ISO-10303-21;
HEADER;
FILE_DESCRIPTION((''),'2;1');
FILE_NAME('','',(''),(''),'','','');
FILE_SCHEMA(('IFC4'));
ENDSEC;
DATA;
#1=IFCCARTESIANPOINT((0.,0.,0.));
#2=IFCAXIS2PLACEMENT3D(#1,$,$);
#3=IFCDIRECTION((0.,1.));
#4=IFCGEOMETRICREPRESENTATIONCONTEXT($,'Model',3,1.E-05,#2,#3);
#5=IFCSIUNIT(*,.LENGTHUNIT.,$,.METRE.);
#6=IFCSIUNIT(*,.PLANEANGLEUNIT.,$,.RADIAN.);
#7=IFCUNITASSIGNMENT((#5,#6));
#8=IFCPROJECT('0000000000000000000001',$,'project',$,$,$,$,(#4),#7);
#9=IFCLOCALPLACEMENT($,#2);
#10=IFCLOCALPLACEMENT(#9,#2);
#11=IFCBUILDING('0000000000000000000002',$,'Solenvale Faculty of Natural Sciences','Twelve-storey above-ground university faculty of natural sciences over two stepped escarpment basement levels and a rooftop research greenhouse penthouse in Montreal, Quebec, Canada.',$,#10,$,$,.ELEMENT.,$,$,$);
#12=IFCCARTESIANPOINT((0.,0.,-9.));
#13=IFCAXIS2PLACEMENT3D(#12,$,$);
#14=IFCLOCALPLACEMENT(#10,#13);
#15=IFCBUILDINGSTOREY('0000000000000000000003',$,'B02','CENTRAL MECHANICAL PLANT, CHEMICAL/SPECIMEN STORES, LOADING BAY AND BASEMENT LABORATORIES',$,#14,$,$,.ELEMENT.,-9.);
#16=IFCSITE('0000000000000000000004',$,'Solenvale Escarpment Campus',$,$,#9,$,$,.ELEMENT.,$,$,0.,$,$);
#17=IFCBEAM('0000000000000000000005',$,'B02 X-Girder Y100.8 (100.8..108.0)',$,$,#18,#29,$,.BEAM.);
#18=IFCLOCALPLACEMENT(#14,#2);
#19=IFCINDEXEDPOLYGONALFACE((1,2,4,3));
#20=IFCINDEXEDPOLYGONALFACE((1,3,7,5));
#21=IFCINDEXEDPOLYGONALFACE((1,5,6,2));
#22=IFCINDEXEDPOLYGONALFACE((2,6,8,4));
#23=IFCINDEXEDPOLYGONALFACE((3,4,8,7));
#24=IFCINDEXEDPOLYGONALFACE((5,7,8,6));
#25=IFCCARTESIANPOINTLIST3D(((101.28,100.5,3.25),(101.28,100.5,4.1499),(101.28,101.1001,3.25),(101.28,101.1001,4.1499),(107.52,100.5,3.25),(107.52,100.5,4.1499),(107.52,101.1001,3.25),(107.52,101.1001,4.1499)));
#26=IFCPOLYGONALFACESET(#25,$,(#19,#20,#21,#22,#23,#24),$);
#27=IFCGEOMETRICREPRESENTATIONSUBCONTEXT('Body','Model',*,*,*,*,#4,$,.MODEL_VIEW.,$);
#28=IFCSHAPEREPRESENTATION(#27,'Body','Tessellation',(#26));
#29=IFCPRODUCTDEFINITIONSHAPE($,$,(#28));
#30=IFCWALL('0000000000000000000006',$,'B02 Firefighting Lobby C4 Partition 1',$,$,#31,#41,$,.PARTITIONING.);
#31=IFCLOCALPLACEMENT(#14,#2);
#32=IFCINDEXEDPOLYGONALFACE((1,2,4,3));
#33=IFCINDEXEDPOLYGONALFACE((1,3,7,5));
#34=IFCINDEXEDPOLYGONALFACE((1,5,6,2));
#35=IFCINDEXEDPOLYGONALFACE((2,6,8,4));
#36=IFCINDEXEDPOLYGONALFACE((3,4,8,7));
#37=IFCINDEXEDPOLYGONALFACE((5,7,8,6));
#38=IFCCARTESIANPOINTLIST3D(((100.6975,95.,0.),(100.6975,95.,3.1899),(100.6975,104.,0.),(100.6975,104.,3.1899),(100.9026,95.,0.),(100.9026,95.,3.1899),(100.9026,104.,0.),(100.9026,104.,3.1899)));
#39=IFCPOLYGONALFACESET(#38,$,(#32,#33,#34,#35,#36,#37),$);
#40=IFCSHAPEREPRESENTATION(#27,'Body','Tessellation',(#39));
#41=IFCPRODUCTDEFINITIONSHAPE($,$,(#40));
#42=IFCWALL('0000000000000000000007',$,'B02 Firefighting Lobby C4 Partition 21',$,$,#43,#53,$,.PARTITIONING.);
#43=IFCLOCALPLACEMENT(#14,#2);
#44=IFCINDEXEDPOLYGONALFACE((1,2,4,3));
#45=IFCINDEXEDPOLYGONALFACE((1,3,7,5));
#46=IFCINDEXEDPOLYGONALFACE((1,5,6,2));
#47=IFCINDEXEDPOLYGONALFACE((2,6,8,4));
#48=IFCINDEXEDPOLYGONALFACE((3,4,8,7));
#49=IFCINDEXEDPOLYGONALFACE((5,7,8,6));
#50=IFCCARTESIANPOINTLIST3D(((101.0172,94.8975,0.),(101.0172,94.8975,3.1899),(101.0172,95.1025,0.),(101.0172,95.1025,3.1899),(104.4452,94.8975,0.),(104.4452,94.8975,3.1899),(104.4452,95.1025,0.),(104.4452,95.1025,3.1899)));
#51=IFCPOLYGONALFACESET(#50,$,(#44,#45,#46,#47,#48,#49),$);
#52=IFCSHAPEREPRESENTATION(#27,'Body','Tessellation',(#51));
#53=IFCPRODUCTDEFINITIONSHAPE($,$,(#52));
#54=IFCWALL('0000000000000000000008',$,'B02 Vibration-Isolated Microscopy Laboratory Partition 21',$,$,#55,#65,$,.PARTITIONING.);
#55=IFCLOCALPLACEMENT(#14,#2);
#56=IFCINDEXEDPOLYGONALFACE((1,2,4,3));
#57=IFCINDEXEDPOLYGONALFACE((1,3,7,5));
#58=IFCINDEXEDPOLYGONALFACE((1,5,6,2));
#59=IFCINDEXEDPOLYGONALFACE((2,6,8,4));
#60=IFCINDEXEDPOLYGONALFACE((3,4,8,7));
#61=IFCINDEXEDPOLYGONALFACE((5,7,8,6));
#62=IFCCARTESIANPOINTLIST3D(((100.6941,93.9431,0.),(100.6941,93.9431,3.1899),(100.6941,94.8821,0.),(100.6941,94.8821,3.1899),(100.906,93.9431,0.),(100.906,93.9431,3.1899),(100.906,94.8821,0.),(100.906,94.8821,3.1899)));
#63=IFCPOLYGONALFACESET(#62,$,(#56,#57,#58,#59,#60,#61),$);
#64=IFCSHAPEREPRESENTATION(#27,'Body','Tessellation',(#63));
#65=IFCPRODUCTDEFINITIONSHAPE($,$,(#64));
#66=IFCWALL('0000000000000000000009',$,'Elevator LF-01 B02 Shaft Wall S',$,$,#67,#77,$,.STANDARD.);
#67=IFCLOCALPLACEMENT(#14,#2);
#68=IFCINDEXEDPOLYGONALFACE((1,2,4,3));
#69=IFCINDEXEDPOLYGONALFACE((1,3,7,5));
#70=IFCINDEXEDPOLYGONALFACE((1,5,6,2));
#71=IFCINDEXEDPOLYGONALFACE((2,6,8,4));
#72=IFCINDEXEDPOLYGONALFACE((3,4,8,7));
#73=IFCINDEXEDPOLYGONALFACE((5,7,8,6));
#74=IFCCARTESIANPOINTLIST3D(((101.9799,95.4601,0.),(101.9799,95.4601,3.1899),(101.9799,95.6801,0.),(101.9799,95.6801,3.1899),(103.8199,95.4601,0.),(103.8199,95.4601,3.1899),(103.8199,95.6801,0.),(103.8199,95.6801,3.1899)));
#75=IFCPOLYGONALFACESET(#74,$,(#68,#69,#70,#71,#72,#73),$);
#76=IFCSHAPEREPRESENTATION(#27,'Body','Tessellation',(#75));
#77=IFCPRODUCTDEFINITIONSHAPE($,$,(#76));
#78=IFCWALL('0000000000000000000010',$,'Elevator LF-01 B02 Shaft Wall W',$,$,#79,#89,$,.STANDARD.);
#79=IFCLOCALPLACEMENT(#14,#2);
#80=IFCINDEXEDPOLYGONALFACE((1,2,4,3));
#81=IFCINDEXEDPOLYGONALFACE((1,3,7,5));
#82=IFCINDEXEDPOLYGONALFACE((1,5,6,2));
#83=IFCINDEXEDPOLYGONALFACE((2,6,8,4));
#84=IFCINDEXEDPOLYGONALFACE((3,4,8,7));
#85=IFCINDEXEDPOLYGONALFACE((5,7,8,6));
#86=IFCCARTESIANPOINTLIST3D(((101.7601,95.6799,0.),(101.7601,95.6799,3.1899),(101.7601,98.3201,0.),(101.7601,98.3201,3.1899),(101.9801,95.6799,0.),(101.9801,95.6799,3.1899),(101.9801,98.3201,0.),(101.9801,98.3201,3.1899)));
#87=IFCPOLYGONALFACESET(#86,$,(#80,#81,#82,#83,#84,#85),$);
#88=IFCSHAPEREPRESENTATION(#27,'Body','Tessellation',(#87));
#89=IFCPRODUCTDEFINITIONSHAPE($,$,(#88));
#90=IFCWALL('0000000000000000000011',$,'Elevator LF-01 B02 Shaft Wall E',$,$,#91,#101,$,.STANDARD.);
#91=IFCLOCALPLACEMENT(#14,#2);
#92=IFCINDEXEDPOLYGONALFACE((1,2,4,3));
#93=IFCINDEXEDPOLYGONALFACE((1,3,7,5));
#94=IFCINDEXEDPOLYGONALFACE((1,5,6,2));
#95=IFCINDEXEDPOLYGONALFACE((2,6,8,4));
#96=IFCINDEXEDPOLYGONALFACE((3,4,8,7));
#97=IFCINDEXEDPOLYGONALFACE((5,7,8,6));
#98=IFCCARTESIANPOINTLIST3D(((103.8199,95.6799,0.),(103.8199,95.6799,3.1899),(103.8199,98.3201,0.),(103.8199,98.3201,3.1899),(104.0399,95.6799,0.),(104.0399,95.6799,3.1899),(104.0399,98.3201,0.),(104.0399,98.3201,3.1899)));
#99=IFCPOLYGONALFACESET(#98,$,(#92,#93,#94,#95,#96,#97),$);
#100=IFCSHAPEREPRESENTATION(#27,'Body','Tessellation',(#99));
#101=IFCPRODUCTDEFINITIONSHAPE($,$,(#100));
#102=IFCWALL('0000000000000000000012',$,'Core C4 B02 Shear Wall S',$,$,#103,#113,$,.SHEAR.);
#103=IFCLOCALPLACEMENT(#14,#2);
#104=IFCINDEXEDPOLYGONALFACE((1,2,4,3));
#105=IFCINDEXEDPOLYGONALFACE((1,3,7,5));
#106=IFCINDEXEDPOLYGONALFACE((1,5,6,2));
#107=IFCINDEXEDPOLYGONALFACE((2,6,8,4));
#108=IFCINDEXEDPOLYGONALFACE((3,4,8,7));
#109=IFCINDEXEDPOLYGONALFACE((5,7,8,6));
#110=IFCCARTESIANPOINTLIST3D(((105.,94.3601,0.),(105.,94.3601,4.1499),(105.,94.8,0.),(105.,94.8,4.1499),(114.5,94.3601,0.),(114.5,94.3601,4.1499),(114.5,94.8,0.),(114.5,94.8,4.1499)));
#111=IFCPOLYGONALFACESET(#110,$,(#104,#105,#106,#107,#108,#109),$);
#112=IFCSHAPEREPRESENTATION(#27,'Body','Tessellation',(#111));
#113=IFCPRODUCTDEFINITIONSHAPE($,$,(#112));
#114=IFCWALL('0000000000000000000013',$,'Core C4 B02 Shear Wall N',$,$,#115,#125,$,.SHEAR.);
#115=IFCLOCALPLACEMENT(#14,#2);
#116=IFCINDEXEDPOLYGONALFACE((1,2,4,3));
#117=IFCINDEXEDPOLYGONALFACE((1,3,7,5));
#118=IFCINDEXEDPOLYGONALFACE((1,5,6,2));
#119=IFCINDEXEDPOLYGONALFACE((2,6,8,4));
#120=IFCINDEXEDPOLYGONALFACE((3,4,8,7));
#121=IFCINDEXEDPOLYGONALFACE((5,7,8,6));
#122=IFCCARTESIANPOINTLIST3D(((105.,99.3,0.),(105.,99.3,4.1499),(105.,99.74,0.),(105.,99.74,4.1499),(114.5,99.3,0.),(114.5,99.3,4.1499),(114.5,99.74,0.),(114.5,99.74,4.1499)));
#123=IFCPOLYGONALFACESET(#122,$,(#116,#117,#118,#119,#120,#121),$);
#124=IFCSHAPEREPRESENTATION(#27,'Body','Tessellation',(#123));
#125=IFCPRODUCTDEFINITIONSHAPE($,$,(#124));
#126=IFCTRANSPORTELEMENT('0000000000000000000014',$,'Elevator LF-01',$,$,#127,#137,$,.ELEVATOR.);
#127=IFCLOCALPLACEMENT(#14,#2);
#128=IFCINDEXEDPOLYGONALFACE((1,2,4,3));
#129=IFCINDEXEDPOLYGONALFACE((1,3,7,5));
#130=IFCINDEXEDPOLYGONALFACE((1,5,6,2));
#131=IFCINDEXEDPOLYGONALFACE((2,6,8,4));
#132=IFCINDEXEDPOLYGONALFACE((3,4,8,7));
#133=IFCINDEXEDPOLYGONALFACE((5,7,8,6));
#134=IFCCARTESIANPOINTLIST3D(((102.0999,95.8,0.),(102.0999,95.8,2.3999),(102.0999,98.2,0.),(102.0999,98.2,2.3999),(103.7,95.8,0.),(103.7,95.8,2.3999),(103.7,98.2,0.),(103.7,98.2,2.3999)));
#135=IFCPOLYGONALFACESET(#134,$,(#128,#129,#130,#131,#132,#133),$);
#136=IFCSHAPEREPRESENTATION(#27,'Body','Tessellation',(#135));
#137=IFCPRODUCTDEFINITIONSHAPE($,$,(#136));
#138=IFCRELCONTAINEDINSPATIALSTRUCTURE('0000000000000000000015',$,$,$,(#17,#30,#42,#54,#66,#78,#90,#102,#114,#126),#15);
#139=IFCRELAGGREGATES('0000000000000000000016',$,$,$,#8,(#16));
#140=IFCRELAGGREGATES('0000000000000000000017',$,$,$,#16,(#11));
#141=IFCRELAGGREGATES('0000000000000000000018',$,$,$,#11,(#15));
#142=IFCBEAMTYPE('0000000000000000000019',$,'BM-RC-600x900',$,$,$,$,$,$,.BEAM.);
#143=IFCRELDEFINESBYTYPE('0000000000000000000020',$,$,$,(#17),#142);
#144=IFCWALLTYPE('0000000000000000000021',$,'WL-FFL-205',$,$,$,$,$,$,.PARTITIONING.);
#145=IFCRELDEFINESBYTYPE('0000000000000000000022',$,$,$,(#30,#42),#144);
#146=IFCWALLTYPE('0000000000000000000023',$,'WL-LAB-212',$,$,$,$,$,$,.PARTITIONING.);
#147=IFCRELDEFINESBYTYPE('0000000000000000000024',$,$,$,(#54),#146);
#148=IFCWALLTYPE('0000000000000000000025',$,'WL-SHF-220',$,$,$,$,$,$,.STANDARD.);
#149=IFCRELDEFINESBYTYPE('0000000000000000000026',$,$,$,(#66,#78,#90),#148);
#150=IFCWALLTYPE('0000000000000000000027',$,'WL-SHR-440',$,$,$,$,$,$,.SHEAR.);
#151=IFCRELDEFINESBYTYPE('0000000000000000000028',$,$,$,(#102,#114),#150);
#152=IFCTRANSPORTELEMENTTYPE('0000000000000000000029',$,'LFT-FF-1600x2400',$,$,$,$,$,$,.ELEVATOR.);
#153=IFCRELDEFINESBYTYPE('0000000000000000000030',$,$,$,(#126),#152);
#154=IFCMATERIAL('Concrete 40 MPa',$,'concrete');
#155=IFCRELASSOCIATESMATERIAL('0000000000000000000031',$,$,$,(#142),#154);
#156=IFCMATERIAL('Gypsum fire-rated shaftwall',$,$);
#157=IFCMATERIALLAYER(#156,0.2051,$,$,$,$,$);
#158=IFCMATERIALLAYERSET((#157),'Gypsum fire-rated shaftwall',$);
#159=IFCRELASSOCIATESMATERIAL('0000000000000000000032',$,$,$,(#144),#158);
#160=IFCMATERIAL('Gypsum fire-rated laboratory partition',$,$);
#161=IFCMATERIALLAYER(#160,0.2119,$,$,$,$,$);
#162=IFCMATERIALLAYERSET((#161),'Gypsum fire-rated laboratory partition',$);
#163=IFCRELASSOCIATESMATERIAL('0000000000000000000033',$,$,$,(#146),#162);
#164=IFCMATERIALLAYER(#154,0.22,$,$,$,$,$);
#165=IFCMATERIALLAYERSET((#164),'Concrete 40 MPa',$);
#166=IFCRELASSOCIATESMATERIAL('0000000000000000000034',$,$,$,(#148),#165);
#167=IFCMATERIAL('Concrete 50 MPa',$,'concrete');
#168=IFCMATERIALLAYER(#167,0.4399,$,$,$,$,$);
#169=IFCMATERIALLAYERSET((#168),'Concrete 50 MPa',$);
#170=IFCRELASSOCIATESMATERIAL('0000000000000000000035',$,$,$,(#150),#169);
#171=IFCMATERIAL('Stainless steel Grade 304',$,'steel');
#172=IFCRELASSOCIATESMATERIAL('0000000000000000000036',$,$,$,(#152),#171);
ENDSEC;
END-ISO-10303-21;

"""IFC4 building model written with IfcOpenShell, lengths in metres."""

from ifc_helpers import new_model, si_unit, direction, frame, frame_2d, origin, origin_2d, place, context, subcontext, project, spatial, rectangle, extrude, material, layer, layer_set, material_profile, profile_set, type_object, element, save


model = new_model("IFC4")

# Units and contexts
model_context = context("Model", 3, precision=1e-05, world=origin(), true_north=direction((0.0, 1.0)))
body_context = subcontext(model_context, "Body", "Model", "MODEL_VIEW")
ifc_project = project(units=[si_unit("LENGTHUNIT", "METRE"), si_unit("PLANEANGLEUNIT", "RADIAN")], contexts=[model_context])

# Site, building, storey
site_placement = place(None, origin())
site = spatial("IfcSite", under=ifc_project, at=site_placement, Name="Solenvale Escarpment Campus", CompositionType="ELEMENT", RefElevation=0.0)
building_placement = place(site_placement, origin())
building = spatial("IfcBuilding", under=site, at=building_placement, Name="Solenvale Faculty of Natural Sciences", Description="Twelve-storey above-ground university faculty of natural sciences over two stepped escarpment basement levels and a rooftop research greenhouse penthouse in Montreal, Quebec, Canada.", CompositionType="ELEMENT")
storey_placement = place(building_placement, frame((0.0, 0.0, -9.0)))
storey = spatial("IfcBuildingStorey", under=building, at=storey_placement, Name="B02", Description="CENTRAL MECHANICAL PLANT, CHEMICAL/SPECIMEN STORES, LOADING BAY AND BASEMENT LABORATORIES", CompositionType="ELEMENT", Elevation=-9.0)

# Shared definitions
ifc_material_1 = material(Name="Concrete 40 MPa", Category="concrete")

# Shared definitions
ifc_material_2 = material(Name="Concrete 50 MPa", Category="concrete")

# Beam
ifc_material_profile_1 = material_profile(ifc_material_1, rectangle(XDim=0.6001, YDim=0.8999, at=origin_2d()), Name="RC-BM-600x900")
ifc_profile_set_1 = profile_set([ifc_material_profile_1], Name="Concrete 40 MPa")
beam_type_1 = type_object("IfcBeamType", Name="BM-RC-600x900", PredefinedType="BEAM", material=ifc_profile_set_1)
beam_1_placement = place(storey_placement, frame((101.28, 100.8, 3.7), z_axis=(1.0, 0.0, 0.0), x_axis=(0.0, 1.0, 0.0)))
element("IfcBeam", 1, at=beam_1_placement, inside=storey, type_object=beam_type_1, Name="B02 X-Girder Y100.8 (100.8..108.0)", PredefinedType="BEAM", context=body_context, shape_type="SweptSolid", body=[
    extrude(rectangle(XDim=0.6001, YDim=0.8999, at=origin_2d()), origin(), (0.0, 0.0, 1.0), 6.24),
])

# Walls
ifc_material_3 = material(Name="Gypsum fire-rated shaftwall")
ifc_layer_1 = layer(ifc_material_3, 0.2051)
ifc_layer_set_1 = layer_set([ifc_layer_1], Name="Gypsum fire-rated shaftwall")
wall_type_1 = type_object("IfcWallType", Name="WL-FFL-205", PredefinedType="PARTITIONING", material=ifc_layer_set_1)
wall_1_placement = place(storey_placement, frame((100.8, 95.0, 0.0), z_axis=(0.0, 0.0, 1.0), x_axis=(0.0, 1.0, 0.0)))
element("IfcWall", 2, at=wall_1_placement, inside=storey, type_object=wall_type_1, Name="B02 Firefighting Lobby C4 Partition 1", PredefinedType="PARTITIONING", context=body_context, shape_type="SweptSolid", body=[
    extrude(rectangle(XDim=9.0, YDim=0.2051, at=frame_2d((4.5, 0.0))), origin(), (0.0, 0.0, 1.0), 3.1899),
])
wall_2_placement = place(storey_placement, frame((104.4451, 95.0, 0.0), z_axis=(0.0, 0.0, 1.0), x_axis=(-1.0, 0.0, 0.0)))
element("IfcWall", 3, at=wall_2_placement, inside=storey, type_object=wall_type_1, Name="B02 Firefighting Lobby C4 Partition 21", PredefinedType="PARTITIONING", context=body_context, shape_type="SweptSolid", body=[
    extrude(rectangle(XDim=3.428, YDim=0.2051, at=frame_2d((1.7139, 0.0))), origin(), (0.0, 0.0, 1.0), 3.1899),
])
ifc_material_4 = material(Name="Gypsum fire-rated laboratory partition")
ifc_layer_2 = layer(ifc_material_4, 0.2119)
ifc_layer_set_2 = layer_set([ifc_layer_2], Name="Gypsum fire-rated laboratory partition")
wall_type_2 = type_object("IfcWallType", Name="WL-LAB-212", PredefinedType="PARTITIONING", material=ifc_layer_set_2)
wall_3_placement = place(storey_placement, frame((100.8, 94.8821, 0.0), z_axis=(0.0, 0.0, 1.0), x_axis=(0.0, -1.0, 0.0)))
element("IfcWall", 4, at=wall_3_placement, inside=storey, type_object=wall_type_2, Name="B02 Vibration-Isolated Microscopy Laboratory Partition 21", PredefinedType="PARTITIONING", context=body_context, shape_type="SweptSolid", body=[
    extrude(rectangle(XDim=0.939, YDim=0.2119, at=frame_2d((0.4695, 0.0))), origin(), (0.0, 0.0, 1.0), 3.1899),
])
ifc_layer_3 = layer(ifc_material_1, 0.22)
ifc_layer_set_3 = layer_set([ifc_layer_3], Name="Concrete 40 MPa")
wall_type_3 = type_object("IfcWallType", Name="WL-SHF-220", PredefinedType="STANDARD", material=ifc_layer_set_3)
wall_4_placement = place(storey_placement, frame((101.98, 95.5701, 0.0), z_axis=(0.0, 0.0, 1.0), x_axis=(1.0, 0.0, 0.0)))
element("IfcWall", 5, at=wall_4_placement, inside=storey, type_object=wall_type_3, Name="Elevator LF-01 B02 Shaft Wall S", PredefinedType="STANDARD", context=body_context, shape_type="SweptSolid", body=[
    extrude(rectangle(XDim=1.8401, YDim=0.22, at=frame_2d((0.9199, 0.0))), origin(), (0.0, 0.0, 1.0), 3.1899),
])

# Shared definitions
ifc_material_5 = material(Name="Stainless steel Grade 304", Category="steel")

# Walls
for number, where, z_axis, x_axis, name in (
    (6, (101.8701, 95.6799, 0.0), (0.0, 0.0, 1.0), (0.0, 1.0, 0.0), "Elevator LF-01 B02 Shaft Wall W"),
    (7, (103.9299, 95.6799, 0.0), (0.0, 0.0, 1.0), (0.0, 1.0, 0.0), "Elevator LF-01 B02 Shaft Wall E"),
):
    element("IfcWall", number, at=place(storey_placement, frame(where, z_axis=z_axis, x_axis=x_axis)), inside=storey, type_object=wall_type_3, Name=name, PredefinedType="STANDARD", context=body_context, shape_type="SweptSolid", body=[
        extrude(rectangle(XDim=2.6401, YDim=0.22, at=frame_2d((1.3201, 0.0))), origin(), (0.0, 0.0, 1.0), 3.1899),
    ])
ifc_layer_4 = layer(ifc_material_2, 0.4399)
ifc_layer_set_4 = layer_set([ifc_layer_4], Name="Concrete 50 MPa")
wall_type_4 = type_object("IfcWallType", Name="WL-SHR-440", PredefinedType="SHEAR", material=ifc_layer_set_4)
for number, where, z_axis, x_axis, name in (
    (8, (105.0, 94.5801, 0.0), (0.0, 0.0, 1.0), (1.0, 0.0, 0.0), "Core C4 B02 Shear Wall S"),
    (9, (105.0, 99.52, 0.0), (0.0, 0.0, 1.0), (1.0, 0.0, 0.0), "Core C4 B02 Shear Wall N"),
):
    element("IfcWall", number, at=place(storey_placement, frame(where, z_axis=z_axis, x_axis=x_axis)), inside=storey, type_object=wall_type_4, Name=name, PredefinedType="SHEAR", context=body_context, shape_type="SweptSolid", body=[
        extrude(rectangle(XDim=9.5, YDim=0.4399, at=frame_2d((4.75, 0.0))), origin(), (0.0, 0.0, 1.0), 4.1499),
    ])

# Transport element
transport_element_type = type_object("IfcTransportElementType", Name="LFT-FF-1600x2400", PredefinedType="ELEVATOR", material=ifc_material_5)
transport_element_placement = place(storey_placement, frame((102.8999, 97.0, 0.0), z_axis=(0.0, 0.0, 1.0), x_axis=(1.0, 0.0, 0.0)))
element("IfcTransportElement", 10, at=transport_element_placement, inside=storey, type_object=transport_element_type, Name="Elevator LF-01", PredefinedType="ELEVATOR", context=body_context, shape_type="SweptSolid", body=[
    extrude(rectangle(XDim=1.6001, YDim=2.3999, at=origin_2d()), origin(), (0.0, 0.0, 1.0), 2.3999),
])

save(model, "model.ifc")
